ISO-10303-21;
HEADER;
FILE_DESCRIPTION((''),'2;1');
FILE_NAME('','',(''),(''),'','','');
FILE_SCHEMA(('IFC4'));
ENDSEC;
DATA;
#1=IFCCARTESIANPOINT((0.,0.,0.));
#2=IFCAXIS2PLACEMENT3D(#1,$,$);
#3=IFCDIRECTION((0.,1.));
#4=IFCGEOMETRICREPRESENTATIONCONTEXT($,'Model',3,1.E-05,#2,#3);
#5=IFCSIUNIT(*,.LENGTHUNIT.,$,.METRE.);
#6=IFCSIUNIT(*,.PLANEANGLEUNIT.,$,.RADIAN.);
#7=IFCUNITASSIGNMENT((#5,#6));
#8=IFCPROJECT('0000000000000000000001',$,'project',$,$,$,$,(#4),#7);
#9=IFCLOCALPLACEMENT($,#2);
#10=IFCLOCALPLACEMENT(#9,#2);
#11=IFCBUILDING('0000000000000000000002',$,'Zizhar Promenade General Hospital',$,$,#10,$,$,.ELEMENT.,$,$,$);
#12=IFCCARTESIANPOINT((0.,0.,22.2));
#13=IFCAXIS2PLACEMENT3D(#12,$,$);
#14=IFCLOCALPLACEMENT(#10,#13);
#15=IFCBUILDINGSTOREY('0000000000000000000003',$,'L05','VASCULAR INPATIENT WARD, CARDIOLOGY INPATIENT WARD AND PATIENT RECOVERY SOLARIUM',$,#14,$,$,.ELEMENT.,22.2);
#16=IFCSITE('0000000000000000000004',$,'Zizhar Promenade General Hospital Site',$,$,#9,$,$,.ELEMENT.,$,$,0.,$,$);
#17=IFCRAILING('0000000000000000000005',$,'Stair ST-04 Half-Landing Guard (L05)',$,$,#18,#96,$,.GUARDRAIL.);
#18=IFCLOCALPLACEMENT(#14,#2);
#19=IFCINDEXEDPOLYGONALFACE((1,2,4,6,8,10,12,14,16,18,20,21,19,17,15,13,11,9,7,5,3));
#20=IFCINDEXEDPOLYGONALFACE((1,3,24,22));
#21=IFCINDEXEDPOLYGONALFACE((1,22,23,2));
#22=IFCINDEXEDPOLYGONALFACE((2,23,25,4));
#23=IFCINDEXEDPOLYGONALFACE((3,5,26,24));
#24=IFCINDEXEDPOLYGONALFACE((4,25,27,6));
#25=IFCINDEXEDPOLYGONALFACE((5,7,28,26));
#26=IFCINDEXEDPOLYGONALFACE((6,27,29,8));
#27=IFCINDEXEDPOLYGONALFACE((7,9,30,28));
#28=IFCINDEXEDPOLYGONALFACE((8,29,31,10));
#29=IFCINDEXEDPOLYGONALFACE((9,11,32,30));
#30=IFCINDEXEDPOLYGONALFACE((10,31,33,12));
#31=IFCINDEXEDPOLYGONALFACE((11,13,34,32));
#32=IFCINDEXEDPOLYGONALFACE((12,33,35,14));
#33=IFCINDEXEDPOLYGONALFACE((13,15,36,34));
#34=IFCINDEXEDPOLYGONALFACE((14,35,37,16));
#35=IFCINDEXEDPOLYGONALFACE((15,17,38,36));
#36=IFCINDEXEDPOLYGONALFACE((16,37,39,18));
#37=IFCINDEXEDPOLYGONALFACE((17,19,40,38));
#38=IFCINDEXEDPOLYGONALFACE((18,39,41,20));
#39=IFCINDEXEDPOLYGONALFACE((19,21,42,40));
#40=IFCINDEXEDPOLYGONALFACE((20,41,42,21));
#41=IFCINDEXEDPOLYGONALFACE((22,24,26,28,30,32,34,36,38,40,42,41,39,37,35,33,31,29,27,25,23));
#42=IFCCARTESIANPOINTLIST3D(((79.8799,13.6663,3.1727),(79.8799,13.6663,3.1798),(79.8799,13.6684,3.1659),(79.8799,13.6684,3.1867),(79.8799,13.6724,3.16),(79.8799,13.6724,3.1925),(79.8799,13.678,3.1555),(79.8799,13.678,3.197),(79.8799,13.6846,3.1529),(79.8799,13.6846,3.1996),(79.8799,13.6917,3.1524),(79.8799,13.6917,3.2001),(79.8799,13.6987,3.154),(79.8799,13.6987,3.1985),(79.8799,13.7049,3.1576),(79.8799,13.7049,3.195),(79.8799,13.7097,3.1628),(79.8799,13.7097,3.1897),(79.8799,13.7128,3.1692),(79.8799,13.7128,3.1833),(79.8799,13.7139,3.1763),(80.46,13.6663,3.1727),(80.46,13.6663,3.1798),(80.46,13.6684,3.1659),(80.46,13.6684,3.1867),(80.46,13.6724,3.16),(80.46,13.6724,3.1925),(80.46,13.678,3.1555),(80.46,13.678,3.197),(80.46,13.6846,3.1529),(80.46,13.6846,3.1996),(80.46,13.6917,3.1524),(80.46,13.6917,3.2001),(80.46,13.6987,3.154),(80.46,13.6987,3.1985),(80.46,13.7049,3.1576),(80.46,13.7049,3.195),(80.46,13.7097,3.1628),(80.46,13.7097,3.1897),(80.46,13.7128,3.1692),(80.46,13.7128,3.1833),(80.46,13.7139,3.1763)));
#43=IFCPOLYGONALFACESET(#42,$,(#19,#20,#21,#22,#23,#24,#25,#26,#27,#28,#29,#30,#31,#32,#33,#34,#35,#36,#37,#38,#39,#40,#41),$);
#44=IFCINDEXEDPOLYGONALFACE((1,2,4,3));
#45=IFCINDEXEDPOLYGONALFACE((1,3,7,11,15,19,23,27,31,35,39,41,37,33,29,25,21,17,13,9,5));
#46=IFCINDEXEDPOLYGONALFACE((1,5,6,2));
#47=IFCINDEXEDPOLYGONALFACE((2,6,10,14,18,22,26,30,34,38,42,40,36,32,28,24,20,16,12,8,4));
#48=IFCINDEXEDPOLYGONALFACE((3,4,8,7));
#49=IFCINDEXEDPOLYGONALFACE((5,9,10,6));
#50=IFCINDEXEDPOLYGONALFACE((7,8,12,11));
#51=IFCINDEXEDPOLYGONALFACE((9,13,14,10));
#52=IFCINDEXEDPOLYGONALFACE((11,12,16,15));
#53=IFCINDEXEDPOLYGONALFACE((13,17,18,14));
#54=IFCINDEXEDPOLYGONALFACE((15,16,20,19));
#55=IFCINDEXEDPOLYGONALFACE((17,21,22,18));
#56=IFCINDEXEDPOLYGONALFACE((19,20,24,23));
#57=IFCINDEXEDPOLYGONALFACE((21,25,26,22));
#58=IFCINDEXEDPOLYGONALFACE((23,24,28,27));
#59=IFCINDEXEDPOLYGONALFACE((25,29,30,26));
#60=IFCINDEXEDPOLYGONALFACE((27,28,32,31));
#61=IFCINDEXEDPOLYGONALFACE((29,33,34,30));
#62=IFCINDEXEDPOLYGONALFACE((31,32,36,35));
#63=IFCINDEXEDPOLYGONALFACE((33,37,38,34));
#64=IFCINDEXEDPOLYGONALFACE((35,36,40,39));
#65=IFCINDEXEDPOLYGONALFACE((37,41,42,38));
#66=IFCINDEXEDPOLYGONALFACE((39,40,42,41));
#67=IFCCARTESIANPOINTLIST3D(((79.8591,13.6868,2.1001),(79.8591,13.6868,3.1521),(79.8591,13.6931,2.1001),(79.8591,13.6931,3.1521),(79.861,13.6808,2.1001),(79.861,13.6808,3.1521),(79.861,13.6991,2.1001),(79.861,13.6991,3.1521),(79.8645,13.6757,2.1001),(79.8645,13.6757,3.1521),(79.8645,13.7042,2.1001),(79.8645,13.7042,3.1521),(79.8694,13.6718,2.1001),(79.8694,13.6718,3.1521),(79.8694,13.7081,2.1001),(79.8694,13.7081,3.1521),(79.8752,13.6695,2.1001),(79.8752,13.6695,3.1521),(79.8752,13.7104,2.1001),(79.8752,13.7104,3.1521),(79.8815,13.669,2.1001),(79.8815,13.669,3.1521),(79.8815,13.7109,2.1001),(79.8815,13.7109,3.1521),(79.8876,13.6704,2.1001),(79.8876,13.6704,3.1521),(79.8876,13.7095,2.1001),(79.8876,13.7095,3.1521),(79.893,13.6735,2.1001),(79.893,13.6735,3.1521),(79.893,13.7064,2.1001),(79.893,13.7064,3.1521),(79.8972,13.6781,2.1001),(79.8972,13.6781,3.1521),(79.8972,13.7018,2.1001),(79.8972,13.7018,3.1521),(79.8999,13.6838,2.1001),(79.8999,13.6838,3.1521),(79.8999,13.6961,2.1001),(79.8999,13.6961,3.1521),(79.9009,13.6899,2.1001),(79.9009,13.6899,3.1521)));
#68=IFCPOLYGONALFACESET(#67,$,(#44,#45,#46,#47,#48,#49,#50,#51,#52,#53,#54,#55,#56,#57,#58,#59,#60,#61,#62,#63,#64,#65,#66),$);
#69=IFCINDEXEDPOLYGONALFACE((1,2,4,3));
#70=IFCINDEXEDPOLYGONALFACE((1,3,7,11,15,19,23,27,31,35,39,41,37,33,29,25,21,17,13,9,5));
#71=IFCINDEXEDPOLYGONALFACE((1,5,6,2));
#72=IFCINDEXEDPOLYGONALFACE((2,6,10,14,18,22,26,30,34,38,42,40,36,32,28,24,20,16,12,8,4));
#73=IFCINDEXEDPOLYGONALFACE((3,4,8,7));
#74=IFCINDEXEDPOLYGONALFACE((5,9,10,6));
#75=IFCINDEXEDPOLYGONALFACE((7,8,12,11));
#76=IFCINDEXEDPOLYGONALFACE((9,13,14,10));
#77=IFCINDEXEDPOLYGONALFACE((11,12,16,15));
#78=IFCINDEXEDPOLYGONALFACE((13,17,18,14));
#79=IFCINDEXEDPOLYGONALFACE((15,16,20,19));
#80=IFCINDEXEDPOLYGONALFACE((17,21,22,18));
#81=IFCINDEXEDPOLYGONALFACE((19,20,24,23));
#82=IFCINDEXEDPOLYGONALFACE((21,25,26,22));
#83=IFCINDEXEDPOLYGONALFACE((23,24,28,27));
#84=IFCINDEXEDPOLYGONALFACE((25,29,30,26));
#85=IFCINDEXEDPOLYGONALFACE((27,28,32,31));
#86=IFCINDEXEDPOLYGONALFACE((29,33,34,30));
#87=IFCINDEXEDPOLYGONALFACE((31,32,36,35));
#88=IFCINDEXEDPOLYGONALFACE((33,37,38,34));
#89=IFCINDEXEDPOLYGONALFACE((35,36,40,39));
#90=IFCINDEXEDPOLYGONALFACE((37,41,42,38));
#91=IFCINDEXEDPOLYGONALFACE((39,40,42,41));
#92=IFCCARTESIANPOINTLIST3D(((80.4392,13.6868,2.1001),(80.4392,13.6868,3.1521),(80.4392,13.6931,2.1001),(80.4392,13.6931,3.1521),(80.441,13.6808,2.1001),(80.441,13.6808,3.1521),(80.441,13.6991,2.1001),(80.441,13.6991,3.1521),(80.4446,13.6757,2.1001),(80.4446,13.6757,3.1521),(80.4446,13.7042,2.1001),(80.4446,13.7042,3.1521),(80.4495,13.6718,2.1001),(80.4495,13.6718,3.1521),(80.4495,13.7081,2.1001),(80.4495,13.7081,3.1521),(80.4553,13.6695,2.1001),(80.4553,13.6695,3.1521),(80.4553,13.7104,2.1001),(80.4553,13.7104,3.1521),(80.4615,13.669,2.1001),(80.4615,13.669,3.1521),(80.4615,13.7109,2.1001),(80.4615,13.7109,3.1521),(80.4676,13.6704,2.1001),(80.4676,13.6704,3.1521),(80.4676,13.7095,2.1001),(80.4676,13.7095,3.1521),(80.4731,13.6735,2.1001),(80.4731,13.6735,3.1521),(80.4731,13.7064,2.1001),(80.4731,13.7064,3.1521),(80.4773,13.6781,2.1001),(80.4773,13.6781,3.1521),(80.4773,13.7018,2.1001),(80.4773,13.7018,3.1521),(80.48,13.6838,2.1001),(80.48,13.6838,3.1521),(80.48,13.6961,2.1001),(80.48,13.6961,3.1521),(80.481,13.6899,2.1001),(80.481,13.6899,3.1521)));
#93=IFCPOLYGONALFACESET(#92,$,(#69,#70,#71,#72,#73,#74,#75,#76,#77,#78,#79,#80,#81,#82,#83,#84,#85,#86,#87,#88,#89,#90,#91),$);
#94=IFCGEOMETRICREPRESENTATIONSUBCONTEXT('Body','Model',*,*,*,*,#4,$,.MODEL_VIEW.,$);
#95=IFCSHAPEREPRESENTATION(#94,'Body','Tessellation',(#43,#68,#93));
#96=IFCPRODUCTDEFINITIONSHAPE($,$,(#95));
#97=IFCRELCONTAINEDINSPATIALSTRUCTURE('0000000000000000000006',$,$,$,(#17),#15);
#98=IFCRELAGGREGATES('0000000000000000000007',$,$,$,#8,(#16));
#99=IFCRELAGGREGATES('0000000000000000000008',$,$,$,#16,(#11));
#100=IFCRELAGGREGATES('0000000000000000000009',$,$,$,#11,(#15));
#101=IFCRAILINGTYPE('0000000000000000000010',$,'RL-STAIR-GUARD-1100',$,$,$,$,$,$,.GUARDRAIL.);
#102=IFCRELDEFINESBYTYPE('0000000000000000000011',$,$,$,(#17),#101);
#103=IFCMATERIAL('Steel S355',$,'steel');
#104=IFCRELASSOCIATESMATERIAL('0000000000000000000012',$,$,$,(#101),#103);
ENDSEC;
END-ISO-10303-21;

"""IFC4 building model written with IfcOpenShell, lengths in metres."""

from ifc_helpers import new_model, si_unit, direction, frame, origin, origin_2d, place, context, subcontext, project, spatial, circle, hollow_circle, extrude, material, material_profile, profile_set, type_object, element, save


model = new_model("IFC4")

# Units and contexts
model_context = context("Model", 3, precision=1e-05, world=origin(), true_north=direction((0.0, 1.0)))
body_context = subcontext(model_context, "Body", "Model", "MODEL_VIEW")
ifc_project = project(units=[si_unit("LENGTHUNIT", "METRE"), si_unit("PLANEANGLEUNIT", "RADIAN")], contexts=[model_context])

# Site, building, storey
site_placement = place(None, origin())
site = spatial("IfcSite", under=ifc_project, at=site_placement, Name="Zizhar Promenade General Hospital Site", CompositionType="ELEMENT", RefElevation=0.0)
building_placement = place(site_placement, origin())
building = spatial("IfcBuilding", under=site, at=building_placement, Name="Zizhar Promenade General Hospital", CompositionType="ELEMENT")
storey_placement = place(building_placement, frame((0.0, 0.0, 22.2)))
storey = spatial("IfcBuildingStorey", under=building, at=storey_placement, Name="L05", Description="VASCULAR INPATIENT WARD, CARDIOLOGY INPATIENT WARD AND PATIENT RECOVERY SOLARIUM", CompositionType="ELEMENT", Elevation=22.2)

# Railing
ifc_material_1 = material(Name="Steel S355", Category="steel")
ifc_material_profile_1 = material_profile(ifc_material_1, hollow_circle(Radius=0.0698, WallThickness=0.0063, at=origin_2d()))
ifc_profile_set_1 = profile_set([ifc_material_profile_1], Name="Steel S355")
railing_type_1 = type_object("IfcRailingType", Name="RL-STAIR-GUARD-1100", PredefinedType="GUARDRAIL", material=ifc_profile_set_1)
railing_1_placement = place(storey_placement, frame((79.8799, 13.6899, 2.1001)))
element("IfcRailing", 1, at=railing_1_placement, inside=storey, type_object=railing_type_1, Name="Stair ST-04 Half-Landing Guard (L05)", PredefinedType="GUARDRAIL", context=body_context, shape_type="SweptSolid", body=[
    extrude(circle(Radius=0.0239, at=origin_2d()), frame((0.0, 0.0, 1.0762), z_axis=(1.0, 0.0, 0.0), x_axis=(0.0, 1.0, 0.0)), (0.0, 0.0, 1.0), 0.5801),
    extrude(circle(Radius=0.021, at=origin_2d()), origin(), (0.0, 0.0, 1.0), 1.052),
    extrude(circle(Radius=0.021, at=origin_2d()), frame((0.5801, 0.0, 0.0)), (0.0, 0.0, 1.0), 1.052),
])

save(model, "model.ifc")
